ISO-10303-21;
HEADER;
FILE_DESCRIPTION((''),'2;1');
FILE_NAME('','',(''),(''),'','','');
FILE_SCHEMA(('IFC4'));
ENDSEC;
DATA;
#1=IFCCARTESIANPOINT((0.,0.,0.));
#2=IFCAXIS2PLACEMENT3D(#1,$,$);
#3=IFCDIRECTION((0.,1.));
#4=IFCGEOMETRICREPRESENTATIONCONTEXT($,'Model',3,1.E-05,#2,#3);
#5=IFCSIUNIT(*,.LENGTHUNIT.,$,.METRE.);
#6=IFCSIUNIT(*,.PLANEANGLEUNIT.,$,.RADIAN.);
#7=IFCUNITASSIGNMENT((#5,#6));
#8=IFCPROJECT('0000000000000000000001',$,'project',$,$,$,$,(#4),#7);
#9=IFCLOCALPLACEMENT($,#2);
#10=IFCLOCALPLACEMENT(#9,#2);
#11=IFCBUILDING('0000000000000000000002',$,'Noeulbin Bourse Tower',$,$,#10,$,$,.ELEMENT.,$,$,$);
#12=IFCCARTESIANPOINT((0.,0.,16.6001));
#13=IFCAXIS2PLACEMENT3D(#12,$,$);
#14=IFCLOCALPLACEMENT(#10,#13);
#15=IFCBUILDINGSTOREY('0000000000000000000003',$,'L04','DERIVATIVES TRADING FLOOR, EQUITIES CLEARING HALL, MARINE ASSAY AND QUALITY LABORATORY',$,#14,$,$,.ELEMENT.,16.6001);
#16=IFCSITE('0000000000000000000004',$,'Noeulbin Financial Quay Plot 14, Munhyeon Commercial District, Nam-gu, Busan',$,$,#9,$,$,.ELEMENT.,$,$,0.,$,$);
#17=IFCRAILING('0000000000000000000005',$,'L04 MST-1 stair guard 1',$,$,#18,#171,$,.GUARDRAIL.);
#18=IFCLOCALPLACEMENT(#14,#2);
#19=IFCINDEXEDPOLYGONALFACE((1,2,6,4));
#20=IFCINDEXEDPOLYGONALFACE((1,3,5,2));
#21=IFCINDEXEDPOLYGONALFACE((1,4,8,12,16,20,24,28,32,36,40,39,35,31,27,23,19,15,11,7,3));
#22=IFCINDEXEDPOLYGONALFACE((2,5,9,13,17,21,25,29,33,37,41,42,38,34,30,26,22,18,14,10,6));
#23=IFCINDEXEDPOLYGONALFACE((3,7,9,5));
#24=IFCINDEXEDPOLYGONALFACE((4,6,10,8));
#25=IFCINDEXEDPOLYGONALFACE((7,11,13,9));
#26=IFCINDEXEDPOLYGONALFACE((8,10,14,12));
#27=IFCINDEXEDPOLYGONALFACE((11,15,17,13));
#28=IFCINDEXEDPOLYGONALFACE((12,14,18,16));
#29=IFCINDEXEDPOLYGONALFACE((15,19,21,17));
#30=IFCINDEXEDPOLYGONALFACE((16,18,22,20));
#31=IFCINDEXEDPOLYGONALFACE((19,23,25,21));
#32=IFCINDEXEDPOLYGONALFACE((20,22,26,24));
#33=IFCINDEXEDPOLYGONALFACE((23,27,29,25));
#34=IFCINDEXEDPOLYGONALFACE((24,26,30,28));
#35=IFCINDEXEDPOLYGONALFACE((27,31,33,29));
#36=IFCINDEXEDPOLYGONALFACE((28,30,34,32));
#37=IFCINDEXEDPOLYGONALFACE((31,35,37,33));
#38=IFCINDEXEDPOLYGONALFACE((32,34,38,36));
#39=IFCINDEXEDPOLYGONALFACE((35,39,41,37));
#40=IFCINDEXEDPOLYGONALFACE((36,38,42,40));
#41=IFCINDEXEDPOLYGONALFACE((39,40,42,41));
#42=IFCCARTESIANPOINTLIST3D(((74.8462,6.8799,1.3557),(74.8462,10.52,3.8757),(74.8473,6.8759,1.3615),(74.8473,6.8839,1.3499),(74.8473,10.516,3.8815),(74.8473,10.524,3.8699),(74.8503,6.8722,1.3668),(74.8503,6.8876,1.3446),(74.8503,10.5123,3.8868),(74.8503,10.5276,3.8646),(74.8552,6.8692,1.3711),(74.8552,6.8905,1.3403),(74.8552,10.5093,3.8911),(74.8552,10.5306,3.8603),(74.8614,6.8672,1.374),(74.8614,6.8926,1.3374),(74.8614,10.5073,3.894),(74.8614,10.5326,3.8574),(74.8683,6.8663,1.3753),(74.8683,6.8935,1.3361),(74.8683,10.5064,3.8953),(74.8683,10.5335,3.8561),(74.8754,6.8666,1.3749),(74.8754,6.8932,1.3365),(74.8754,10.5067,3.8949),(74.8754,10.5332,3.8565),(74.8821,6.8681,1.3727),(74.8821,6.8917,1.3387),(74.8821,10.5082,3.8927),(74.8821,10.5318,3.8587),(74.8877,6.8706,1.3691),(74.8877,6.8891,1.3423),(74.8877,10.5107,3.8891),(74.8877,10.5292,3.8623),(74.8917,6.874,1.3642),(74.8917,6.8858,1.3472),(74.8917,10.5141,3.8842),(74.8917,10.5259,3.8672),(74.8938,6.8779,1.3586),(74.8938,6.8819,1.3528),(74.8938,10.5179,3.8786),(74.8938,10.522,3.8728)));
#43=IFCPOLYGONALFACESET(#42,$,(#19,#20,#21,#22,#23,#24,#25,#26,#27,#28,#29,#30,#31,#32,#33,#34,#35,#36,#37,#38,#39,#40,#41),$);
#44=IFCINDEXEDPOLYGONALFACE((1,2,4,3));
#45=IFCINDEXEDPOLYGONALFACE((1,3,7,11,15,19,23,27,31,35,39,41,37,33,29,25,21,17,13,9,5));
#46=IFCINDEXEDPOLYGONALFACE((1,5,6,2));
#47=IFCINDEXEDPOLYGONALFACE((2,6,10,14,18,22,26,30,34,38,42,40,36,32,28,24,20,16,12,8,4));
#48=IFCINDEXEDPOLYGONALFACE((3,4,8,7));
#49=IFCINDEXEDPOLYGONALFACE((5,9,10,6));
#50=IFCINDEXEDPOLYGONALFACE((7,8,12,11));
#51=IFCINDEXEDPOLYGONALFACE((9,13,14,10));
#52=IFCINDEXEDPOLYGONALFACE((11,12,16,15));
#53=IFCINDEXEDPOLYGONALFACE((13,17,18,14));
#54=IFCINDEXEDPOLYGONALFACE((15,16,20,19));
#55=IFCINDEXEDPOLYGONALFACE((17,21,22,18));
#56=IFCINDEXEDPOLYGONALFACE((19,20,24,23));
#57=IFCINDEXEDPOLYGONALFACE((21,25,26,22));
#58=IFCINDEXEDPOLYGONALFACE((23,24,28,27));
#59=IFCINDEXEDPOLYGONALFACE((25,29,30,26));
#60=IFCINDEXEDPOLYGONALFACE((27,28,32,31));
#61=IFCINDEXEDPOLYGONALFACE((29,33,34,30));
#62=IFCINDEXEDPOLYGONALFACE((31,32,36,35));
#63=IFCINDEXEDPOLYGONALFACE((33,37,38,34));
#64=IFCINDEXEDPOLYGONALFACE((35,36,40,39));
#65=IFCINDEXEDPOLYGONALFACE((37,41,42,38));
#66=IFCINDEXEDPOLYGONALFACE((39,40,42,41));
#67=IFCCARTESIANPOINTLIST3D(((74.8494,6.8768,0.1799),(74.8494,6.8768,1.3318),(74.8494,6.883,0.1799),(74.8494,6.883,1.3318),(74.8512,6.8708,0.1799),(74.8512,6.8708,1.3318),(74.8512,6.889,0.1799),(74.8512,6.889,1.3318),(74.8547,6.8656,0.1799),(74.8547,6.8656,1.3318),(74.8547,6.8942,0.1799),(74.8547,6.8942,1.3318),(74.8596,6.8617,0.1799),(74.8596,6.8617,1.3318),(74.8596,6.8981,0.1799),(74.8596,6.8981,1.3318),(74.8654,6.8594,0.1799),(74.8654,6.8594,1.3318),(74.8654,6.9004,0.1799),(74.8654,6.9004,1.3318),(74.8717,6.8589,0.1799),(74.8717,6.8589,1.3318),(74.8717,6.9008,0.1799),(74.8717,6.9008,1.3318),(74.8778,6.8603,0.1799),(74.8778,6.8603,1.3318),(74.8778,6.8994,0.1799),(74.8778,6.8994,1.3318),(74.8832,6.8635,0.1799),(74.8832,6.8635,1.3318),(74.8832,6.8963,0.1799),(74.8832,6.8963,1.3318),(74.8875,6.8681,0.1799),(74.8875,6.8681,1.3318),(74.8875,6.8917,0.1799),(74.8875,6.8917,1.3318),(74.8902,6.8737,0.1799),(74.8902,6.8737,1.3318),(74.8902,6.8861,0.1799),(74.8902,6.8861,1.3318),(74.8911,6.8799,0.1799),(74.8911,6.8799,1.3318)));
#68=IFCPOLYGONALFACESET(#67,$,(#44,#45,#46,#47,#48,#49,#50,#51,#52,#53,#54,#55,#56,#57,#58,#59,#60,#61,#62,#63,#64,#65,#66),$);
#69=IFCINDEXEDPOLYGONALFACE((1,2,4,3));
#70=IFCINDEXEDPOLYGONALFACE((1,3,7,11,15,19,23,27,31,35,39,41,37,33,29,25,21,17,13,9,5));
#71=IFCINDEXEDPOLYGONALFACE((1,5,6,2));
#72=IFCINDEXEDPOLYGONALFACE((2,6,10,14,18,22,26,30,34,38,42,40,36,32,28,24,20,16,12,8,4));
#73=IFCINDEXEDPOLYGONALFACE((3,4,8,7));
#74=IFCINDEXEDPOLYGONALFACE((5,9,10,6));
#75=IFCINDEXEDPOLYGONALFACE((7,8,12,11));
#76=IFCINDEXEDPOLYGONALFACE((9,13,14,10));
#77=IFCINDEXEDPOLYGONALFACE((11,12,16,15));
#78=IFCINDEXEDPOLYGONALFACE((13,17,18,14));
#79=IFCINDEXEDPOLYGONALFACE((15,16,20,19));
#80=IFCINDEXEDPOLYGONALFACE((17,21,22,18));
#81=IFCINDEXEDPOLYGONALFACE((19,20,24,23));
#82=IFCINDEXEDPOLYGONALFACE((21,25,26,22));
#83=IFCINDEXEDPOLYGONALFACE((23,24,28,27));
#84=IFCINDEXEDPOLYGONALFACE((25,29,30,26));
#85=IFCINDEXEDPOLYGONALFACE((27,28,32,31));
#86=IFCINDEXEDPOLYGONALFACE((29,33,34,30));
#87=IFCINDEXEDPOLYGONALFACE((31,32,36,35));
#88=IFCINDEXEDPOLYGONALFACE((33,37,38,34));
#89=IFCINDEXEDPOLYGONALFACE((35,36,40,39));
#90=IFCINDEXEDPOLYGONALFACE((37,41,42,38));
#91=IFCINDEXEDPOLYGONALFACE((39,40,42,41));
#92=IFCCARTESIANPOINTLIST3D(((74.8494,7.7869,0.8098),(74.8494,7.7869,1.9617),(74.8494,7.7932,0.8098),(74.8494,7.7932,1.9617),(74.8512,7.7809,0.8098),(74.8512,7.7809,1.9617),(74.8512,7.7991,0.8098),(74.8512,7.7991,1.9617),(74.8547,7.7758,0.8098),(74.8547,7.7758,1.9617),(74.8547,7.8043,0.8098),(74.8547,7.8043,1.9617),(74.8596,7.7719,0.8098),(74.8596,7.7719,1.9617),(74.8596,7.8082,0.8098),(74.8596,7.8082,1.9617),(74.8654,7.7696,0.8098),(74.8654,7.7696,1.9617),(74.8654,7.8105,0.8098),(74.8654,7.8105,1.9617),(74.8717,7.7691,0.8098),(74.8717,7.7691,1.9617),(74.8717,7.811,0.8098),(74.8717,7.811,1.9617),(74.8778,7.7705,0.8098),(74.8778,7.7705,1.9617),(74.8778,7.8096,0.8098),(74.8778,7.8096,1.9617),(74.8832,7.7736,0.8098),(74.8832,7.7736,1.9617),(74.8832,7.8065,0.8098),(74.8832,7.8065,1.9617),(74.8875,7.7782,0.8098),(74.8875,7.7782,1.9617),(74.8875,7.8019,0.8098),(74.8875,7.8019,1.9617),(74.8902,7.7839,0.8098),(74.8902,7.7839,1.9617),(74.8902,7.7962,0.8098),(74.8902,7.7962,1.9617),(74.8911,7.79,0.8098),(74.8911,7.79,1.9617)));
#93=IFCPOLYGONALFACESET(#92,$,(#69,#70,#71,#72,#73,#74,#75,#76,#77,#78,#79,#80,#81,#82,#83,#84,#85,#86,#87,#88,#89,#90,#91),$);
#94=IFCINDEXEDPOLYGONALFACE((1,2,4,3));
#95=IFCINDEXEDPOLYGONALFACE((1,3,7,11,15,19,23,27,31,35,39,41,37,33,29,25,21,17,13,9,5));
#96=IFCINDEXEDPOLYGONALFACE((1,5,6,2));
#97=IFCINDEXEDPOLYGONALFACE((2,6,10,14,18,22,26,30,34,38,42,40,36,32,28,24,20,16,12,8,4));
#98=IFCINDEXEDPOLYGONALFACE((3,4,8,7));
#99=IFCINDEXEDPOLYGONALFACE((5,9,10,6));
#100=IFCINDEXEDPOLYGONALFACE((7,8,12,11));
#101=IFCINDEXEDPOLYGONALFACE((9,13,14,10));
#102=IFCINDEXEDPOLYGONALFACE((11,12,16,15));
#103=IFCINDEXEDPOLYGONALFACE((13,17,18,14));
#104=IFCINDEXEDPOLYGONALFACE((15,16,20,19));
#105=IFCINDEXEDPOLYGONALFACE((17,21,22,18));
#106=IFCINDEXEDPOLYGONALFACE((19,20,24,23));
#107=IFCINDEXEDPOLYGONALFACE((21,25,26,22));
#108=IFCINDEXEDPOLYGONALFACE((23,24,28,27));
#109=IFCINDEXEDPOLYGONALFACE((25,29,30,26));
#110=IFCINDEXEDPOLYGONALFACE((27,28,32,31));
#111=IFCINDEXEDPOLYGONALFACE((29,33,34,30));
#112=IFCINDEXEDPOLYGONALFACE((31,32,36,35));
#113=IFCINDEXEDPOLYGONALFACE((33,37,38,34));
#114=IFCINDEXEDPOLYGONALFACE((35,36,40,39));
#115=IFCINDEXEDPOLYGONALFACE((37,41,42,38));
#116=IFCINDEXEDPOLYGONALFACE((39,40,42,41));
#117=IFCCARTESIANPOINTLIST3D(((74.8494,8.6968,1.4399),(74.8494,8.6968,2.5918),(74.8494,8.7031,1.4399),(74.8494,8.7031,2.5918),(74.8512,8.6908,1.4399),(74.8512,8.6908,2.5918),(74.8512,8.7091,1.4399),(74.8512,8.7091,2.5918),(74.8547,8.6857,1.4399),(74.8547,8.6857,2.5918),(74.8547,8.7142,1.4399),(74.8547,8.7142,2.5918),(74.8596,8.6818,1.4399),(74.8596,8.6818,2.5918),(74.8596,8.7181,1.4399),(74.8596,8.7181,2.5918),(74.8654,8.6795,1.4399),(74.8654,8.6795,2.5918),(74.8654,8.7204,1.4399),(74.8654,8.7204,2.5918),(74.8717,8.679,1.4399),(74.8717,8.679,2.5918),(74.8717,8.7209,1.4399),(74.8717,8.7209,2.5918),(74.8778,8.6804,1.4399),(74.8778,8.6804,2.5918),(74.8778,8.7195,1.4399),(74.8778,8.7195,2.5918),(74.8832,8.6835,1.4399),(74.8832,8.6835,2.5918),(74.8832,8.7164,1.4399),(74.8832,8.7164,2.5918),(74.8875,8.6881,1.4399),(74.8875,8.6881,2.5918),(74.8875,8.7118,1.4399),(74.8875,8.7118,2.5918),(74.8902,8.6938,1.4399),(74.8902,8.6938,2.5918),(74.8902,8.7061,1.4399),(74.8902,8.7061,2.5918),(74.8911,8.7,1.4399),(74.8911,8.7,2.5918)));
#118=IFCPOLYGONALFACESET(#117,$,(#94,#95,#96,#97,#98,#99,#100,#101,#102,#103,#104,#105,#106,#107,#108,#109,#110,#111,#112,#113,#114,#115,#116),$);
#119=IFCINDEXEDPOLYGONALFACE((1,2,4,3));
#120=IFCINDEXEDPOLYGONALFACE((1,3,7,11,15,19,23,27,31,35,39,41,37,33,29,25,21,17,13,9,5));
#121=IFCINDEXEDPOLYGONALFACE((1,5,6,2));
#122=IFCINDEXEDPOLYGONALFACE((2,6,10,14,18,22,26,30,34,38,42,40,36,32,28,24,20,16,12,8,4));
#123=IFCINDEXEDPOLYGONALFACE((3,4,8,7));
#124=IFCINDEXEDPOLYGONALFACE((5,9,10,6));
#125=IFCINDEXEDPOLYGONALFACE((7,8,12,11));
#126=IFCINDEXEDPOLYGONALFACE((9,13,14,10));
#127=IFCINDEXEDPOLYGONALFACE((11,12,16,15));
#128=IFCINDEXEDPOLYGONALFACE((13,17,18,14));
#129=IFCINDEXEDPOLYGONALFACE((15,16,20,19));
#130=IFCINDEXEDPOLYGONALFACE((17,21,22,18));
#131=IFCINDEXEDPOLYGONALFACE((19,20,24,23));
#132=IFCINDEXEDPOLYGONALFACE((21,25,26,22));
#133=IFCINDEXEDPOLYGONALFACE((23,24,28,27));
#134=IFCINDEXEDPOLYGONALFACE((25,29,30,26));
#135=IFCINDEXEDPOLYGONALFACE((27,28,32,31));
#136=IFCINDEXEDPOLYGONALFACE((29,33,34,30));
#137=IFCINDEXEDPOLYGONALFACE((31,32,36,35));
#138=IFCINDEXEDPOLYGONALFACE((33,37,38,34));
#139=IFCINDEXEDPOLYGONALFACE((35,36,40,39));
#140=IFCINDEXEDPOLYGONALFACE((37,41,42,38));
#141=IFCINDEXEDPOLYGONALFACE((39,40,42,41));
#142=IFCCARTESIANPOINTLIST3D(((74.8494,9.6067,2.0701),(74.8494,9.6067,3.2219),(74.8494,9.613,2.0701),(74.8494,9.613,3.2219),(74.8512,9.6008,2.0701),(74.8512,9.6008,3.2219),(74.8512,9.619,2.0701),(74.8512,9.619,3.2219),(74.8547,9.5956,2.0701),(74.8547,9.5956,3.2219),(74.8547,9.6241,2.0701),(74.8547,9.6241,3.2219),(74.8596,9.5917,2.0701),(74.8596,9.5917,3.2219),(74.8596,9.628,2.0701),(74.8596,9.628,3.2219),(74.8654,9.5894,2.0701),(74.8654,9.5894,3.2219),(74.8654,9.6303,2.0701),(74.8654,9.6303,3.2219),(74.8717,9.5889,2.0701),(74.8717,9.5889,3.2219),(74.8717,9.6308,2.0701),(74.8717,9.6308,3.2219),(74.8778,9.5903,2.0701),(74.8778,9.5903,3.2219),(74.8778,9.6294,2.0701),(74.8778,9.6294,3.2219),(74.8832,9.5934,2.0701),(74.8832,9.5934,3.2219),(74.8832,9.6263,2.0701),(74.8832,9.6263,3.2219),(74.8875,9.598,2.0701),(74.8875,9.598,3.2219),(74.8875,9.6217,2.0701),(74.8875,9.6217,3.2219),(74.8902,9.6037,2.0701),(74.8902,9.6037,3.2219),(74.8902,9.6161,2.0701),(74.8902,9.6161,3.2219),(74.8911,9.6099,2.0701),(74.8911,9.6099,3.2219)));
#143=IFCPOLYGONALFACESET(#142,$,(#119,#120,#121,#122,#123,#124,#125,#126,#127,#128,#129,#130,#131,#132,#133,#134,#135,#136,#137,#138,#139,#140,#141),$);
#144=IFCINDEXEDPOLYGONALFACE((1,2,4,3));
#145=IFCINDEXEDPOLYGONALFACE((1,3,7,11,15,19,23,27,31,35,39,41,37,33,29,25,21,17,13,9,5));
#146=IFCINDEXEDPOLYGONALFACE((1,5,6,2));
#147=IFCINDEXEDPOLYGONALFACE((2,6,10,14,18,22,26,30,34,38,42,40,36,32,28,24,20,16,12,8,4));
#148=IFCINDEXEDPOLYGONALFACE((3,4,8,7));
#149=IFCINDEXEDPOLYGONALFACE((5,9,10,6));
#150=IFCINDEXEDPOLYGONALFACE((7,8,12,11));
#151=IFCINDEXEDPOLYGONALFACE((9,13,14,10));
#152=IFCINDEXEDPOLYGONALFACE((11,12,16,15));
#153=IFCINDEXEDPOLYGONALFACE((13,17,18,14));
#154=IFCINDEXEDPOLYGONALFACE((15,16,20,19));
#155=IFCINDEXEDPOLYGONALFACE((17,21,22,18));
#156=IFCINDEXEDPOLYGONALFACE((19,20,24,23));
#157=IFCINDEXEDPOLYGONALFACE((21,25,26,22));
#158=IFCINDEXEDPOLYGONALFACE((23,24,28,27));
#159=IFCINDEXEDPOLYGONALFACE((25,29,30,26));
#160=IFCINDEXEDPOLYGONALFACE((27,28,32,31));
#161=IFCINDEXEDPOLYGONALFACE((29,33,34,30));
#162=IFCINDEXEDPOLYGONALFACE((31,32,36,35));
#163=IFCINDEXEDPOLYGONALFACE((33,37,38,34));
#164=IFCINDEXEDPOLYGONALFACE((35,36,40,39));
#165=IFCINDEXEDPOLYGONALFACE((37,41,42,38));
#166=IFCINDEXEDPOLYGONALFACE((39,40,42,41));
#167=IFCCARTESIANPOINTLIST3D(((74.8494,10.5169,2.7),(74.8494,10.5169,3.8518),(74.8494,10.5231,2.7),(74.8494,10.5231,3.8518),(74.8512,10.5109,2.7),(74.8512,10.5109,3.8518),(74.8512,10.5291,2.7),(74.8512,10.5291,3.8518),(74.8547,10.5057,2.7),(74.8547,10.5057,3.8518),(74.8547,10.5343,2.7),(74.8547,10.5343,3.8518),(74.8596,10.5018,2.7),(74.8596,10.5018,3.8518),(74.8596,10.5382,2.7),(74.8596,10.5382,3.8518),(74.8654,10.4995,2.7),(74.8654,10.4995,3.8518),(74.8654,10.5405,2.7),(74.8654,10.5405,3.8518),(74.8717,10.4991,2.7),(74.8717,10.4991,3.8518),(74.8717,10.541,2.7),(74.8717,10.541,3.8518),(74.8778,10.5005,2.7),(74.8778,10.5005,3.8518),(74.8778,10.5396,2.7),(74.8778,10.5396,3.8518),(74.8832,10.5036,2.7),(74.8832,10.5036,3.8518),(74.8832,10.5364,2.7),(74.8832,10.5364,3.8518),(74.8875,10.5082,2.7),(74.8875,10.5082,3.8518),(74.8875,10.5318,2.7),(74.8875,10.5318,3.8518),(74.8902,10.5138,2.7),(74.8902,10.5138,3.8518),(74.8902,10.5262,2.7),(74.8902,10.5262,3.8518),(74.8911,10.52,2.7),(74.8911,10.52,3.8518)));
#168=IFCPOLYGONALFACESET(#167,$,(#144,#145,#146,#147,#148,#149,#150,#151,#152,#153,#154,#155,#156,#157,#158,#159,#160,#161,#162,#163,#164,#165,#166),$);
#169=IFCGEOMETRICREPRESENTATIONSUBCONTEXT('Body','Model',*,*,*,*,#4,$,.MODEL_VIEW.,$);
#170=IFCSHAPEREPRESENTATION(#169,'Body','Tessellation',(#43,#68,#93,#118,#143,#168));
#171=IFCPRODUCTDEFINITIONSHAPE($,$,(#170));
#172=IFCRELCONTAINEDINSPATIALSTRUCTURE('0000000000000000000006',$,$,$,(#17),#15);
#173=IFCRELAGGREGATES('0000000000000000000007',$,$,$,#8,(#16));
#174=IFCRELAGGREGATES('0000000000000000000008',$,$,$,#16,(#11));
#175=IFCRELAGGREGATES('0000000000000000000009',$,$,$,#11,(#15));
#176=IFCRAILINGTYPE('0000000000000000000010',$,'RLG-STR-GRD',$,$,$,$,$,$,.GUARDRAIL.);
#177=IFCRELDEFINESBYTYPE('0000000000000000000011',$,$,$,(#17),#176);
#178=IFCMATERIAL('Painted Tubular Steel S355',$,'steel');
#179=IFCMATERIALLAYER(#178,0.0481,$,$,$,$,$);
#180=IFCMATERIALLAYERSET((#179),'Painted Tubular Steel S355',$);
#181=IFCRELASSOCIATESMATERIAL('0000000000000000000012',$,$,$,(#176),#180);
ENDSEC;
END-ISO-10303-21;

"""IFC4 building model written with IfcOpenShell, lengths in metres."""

from ifc_helpers import new_model, si_unit, direction, frame, origin, origin_2d, place, context, subcontext, project, spatial, circle, extrude, material, layer, layer_set, type_object, element, save


model = new_model("IFC4")

# Units and contexts
model_context = context("Model", 3, precision=1e-05, world=origin(), true_north=direction((0.0, 1.0)))
body_context = subcontext(model_context, "Body", "Model", "MODEL_VIEW")
ifc_project = project(units=[si_unit("LENGTHUNIT", "METRE"), si_unit("PLANEANGLEUNIT", "RADIAN")], contexts=[model_context])

# Site, building, storey
site_placement = place(None, origin())
site = spatial("IfcSite", under=ifc_project, at=site_placement, Name="Noeulbin Financial Quay Plot 14, Munhyeon Commercial District, Nam-gu, Busan", CompositionType="ELEMENT", RefElevation=0.0)
building_placement = place(site_placement, origin())
building = spatial("IfcBuilding", under=site, at=building_placement, Name="Noeulbin Bourse Tower", CompositionType="ELEMENT")
storey_placement = place(building_placement, frame((0.0, 0.0, 16.6001)))
storey = spatial("IfcBuildingStorey", under=building, at=storey_placement, Name="L04", Description="DERIVATIVES TRADING FLOOR, EQUITIES CLEARING HALL, MARINE ASSAY AND QUALITY LABORATORY", CompositionType="ELEMENT", Elevation=16.6001)

# Railing
ifc_material_1 = material(Name="Painted Tubular Steel S355", Category="steel")
ifc_layer_1 = layer(ifc_material_1, 0.0481)
ifc_layer_set_1 = layer_set([ifc_layer_1], Name="Painted Tubular Steel S355")
railing_type_1 = type_object("IfcRailingType", Name="RLG-STR-GRD", PredefinedType="GUARDRAIL", material=ifc_layer_set_1)
railing_1_placement = place(storey_placement, frame((74.8701, 6.8799, 0.1799)))
element("IfcRailing", 1, at=railing_1_placement, inside=storey, type_object=railing_type_1, Name="L04 MST-1 stair guard 1", PredefinedType="GUARDRAIL", context=body_context, shape_type="SweptSolid", body=[
    extrude(circle(Radius=0.0239, at=origin_2d()), frame((0.0, 0.0, 1.1758), z_axis=(0.0, 0.8222, 0.569199), x_axis=(-1.0, 0.0, 0.0)), (0.0, 0.0, 1.0), 4.4272),
    extrude(circle(Radius=0.021, at=origin_2d()), origin(), (0.0, 0.0, 1.0), 1.1519),
    extrude(circle(Radius=0.021, at=origin_2d()), frame((0.0, 0.9102, 0.6299)), (0.0, 0.0, 1.0), 1.1519),
    extrude(circle(Radius=0.021, at=origin_2d()), frame((0.0, 1.8201, 1.26)), (0.0, 0.0, 1.0), 1.1519),
    extrude(circle(Radius=0.021, at=origin_2d()), frame((0.0, 2.73, 1.8901)), (0.0, 0.0, 1.0), 1.1519),
    extrude(circle(Radius=0.021, at=origin_2d()), frame((0.0, 3.6401, 2.52)), (0.0, 0.0, 1.0), 1.1519),
])

save(model, "model.ifc")
